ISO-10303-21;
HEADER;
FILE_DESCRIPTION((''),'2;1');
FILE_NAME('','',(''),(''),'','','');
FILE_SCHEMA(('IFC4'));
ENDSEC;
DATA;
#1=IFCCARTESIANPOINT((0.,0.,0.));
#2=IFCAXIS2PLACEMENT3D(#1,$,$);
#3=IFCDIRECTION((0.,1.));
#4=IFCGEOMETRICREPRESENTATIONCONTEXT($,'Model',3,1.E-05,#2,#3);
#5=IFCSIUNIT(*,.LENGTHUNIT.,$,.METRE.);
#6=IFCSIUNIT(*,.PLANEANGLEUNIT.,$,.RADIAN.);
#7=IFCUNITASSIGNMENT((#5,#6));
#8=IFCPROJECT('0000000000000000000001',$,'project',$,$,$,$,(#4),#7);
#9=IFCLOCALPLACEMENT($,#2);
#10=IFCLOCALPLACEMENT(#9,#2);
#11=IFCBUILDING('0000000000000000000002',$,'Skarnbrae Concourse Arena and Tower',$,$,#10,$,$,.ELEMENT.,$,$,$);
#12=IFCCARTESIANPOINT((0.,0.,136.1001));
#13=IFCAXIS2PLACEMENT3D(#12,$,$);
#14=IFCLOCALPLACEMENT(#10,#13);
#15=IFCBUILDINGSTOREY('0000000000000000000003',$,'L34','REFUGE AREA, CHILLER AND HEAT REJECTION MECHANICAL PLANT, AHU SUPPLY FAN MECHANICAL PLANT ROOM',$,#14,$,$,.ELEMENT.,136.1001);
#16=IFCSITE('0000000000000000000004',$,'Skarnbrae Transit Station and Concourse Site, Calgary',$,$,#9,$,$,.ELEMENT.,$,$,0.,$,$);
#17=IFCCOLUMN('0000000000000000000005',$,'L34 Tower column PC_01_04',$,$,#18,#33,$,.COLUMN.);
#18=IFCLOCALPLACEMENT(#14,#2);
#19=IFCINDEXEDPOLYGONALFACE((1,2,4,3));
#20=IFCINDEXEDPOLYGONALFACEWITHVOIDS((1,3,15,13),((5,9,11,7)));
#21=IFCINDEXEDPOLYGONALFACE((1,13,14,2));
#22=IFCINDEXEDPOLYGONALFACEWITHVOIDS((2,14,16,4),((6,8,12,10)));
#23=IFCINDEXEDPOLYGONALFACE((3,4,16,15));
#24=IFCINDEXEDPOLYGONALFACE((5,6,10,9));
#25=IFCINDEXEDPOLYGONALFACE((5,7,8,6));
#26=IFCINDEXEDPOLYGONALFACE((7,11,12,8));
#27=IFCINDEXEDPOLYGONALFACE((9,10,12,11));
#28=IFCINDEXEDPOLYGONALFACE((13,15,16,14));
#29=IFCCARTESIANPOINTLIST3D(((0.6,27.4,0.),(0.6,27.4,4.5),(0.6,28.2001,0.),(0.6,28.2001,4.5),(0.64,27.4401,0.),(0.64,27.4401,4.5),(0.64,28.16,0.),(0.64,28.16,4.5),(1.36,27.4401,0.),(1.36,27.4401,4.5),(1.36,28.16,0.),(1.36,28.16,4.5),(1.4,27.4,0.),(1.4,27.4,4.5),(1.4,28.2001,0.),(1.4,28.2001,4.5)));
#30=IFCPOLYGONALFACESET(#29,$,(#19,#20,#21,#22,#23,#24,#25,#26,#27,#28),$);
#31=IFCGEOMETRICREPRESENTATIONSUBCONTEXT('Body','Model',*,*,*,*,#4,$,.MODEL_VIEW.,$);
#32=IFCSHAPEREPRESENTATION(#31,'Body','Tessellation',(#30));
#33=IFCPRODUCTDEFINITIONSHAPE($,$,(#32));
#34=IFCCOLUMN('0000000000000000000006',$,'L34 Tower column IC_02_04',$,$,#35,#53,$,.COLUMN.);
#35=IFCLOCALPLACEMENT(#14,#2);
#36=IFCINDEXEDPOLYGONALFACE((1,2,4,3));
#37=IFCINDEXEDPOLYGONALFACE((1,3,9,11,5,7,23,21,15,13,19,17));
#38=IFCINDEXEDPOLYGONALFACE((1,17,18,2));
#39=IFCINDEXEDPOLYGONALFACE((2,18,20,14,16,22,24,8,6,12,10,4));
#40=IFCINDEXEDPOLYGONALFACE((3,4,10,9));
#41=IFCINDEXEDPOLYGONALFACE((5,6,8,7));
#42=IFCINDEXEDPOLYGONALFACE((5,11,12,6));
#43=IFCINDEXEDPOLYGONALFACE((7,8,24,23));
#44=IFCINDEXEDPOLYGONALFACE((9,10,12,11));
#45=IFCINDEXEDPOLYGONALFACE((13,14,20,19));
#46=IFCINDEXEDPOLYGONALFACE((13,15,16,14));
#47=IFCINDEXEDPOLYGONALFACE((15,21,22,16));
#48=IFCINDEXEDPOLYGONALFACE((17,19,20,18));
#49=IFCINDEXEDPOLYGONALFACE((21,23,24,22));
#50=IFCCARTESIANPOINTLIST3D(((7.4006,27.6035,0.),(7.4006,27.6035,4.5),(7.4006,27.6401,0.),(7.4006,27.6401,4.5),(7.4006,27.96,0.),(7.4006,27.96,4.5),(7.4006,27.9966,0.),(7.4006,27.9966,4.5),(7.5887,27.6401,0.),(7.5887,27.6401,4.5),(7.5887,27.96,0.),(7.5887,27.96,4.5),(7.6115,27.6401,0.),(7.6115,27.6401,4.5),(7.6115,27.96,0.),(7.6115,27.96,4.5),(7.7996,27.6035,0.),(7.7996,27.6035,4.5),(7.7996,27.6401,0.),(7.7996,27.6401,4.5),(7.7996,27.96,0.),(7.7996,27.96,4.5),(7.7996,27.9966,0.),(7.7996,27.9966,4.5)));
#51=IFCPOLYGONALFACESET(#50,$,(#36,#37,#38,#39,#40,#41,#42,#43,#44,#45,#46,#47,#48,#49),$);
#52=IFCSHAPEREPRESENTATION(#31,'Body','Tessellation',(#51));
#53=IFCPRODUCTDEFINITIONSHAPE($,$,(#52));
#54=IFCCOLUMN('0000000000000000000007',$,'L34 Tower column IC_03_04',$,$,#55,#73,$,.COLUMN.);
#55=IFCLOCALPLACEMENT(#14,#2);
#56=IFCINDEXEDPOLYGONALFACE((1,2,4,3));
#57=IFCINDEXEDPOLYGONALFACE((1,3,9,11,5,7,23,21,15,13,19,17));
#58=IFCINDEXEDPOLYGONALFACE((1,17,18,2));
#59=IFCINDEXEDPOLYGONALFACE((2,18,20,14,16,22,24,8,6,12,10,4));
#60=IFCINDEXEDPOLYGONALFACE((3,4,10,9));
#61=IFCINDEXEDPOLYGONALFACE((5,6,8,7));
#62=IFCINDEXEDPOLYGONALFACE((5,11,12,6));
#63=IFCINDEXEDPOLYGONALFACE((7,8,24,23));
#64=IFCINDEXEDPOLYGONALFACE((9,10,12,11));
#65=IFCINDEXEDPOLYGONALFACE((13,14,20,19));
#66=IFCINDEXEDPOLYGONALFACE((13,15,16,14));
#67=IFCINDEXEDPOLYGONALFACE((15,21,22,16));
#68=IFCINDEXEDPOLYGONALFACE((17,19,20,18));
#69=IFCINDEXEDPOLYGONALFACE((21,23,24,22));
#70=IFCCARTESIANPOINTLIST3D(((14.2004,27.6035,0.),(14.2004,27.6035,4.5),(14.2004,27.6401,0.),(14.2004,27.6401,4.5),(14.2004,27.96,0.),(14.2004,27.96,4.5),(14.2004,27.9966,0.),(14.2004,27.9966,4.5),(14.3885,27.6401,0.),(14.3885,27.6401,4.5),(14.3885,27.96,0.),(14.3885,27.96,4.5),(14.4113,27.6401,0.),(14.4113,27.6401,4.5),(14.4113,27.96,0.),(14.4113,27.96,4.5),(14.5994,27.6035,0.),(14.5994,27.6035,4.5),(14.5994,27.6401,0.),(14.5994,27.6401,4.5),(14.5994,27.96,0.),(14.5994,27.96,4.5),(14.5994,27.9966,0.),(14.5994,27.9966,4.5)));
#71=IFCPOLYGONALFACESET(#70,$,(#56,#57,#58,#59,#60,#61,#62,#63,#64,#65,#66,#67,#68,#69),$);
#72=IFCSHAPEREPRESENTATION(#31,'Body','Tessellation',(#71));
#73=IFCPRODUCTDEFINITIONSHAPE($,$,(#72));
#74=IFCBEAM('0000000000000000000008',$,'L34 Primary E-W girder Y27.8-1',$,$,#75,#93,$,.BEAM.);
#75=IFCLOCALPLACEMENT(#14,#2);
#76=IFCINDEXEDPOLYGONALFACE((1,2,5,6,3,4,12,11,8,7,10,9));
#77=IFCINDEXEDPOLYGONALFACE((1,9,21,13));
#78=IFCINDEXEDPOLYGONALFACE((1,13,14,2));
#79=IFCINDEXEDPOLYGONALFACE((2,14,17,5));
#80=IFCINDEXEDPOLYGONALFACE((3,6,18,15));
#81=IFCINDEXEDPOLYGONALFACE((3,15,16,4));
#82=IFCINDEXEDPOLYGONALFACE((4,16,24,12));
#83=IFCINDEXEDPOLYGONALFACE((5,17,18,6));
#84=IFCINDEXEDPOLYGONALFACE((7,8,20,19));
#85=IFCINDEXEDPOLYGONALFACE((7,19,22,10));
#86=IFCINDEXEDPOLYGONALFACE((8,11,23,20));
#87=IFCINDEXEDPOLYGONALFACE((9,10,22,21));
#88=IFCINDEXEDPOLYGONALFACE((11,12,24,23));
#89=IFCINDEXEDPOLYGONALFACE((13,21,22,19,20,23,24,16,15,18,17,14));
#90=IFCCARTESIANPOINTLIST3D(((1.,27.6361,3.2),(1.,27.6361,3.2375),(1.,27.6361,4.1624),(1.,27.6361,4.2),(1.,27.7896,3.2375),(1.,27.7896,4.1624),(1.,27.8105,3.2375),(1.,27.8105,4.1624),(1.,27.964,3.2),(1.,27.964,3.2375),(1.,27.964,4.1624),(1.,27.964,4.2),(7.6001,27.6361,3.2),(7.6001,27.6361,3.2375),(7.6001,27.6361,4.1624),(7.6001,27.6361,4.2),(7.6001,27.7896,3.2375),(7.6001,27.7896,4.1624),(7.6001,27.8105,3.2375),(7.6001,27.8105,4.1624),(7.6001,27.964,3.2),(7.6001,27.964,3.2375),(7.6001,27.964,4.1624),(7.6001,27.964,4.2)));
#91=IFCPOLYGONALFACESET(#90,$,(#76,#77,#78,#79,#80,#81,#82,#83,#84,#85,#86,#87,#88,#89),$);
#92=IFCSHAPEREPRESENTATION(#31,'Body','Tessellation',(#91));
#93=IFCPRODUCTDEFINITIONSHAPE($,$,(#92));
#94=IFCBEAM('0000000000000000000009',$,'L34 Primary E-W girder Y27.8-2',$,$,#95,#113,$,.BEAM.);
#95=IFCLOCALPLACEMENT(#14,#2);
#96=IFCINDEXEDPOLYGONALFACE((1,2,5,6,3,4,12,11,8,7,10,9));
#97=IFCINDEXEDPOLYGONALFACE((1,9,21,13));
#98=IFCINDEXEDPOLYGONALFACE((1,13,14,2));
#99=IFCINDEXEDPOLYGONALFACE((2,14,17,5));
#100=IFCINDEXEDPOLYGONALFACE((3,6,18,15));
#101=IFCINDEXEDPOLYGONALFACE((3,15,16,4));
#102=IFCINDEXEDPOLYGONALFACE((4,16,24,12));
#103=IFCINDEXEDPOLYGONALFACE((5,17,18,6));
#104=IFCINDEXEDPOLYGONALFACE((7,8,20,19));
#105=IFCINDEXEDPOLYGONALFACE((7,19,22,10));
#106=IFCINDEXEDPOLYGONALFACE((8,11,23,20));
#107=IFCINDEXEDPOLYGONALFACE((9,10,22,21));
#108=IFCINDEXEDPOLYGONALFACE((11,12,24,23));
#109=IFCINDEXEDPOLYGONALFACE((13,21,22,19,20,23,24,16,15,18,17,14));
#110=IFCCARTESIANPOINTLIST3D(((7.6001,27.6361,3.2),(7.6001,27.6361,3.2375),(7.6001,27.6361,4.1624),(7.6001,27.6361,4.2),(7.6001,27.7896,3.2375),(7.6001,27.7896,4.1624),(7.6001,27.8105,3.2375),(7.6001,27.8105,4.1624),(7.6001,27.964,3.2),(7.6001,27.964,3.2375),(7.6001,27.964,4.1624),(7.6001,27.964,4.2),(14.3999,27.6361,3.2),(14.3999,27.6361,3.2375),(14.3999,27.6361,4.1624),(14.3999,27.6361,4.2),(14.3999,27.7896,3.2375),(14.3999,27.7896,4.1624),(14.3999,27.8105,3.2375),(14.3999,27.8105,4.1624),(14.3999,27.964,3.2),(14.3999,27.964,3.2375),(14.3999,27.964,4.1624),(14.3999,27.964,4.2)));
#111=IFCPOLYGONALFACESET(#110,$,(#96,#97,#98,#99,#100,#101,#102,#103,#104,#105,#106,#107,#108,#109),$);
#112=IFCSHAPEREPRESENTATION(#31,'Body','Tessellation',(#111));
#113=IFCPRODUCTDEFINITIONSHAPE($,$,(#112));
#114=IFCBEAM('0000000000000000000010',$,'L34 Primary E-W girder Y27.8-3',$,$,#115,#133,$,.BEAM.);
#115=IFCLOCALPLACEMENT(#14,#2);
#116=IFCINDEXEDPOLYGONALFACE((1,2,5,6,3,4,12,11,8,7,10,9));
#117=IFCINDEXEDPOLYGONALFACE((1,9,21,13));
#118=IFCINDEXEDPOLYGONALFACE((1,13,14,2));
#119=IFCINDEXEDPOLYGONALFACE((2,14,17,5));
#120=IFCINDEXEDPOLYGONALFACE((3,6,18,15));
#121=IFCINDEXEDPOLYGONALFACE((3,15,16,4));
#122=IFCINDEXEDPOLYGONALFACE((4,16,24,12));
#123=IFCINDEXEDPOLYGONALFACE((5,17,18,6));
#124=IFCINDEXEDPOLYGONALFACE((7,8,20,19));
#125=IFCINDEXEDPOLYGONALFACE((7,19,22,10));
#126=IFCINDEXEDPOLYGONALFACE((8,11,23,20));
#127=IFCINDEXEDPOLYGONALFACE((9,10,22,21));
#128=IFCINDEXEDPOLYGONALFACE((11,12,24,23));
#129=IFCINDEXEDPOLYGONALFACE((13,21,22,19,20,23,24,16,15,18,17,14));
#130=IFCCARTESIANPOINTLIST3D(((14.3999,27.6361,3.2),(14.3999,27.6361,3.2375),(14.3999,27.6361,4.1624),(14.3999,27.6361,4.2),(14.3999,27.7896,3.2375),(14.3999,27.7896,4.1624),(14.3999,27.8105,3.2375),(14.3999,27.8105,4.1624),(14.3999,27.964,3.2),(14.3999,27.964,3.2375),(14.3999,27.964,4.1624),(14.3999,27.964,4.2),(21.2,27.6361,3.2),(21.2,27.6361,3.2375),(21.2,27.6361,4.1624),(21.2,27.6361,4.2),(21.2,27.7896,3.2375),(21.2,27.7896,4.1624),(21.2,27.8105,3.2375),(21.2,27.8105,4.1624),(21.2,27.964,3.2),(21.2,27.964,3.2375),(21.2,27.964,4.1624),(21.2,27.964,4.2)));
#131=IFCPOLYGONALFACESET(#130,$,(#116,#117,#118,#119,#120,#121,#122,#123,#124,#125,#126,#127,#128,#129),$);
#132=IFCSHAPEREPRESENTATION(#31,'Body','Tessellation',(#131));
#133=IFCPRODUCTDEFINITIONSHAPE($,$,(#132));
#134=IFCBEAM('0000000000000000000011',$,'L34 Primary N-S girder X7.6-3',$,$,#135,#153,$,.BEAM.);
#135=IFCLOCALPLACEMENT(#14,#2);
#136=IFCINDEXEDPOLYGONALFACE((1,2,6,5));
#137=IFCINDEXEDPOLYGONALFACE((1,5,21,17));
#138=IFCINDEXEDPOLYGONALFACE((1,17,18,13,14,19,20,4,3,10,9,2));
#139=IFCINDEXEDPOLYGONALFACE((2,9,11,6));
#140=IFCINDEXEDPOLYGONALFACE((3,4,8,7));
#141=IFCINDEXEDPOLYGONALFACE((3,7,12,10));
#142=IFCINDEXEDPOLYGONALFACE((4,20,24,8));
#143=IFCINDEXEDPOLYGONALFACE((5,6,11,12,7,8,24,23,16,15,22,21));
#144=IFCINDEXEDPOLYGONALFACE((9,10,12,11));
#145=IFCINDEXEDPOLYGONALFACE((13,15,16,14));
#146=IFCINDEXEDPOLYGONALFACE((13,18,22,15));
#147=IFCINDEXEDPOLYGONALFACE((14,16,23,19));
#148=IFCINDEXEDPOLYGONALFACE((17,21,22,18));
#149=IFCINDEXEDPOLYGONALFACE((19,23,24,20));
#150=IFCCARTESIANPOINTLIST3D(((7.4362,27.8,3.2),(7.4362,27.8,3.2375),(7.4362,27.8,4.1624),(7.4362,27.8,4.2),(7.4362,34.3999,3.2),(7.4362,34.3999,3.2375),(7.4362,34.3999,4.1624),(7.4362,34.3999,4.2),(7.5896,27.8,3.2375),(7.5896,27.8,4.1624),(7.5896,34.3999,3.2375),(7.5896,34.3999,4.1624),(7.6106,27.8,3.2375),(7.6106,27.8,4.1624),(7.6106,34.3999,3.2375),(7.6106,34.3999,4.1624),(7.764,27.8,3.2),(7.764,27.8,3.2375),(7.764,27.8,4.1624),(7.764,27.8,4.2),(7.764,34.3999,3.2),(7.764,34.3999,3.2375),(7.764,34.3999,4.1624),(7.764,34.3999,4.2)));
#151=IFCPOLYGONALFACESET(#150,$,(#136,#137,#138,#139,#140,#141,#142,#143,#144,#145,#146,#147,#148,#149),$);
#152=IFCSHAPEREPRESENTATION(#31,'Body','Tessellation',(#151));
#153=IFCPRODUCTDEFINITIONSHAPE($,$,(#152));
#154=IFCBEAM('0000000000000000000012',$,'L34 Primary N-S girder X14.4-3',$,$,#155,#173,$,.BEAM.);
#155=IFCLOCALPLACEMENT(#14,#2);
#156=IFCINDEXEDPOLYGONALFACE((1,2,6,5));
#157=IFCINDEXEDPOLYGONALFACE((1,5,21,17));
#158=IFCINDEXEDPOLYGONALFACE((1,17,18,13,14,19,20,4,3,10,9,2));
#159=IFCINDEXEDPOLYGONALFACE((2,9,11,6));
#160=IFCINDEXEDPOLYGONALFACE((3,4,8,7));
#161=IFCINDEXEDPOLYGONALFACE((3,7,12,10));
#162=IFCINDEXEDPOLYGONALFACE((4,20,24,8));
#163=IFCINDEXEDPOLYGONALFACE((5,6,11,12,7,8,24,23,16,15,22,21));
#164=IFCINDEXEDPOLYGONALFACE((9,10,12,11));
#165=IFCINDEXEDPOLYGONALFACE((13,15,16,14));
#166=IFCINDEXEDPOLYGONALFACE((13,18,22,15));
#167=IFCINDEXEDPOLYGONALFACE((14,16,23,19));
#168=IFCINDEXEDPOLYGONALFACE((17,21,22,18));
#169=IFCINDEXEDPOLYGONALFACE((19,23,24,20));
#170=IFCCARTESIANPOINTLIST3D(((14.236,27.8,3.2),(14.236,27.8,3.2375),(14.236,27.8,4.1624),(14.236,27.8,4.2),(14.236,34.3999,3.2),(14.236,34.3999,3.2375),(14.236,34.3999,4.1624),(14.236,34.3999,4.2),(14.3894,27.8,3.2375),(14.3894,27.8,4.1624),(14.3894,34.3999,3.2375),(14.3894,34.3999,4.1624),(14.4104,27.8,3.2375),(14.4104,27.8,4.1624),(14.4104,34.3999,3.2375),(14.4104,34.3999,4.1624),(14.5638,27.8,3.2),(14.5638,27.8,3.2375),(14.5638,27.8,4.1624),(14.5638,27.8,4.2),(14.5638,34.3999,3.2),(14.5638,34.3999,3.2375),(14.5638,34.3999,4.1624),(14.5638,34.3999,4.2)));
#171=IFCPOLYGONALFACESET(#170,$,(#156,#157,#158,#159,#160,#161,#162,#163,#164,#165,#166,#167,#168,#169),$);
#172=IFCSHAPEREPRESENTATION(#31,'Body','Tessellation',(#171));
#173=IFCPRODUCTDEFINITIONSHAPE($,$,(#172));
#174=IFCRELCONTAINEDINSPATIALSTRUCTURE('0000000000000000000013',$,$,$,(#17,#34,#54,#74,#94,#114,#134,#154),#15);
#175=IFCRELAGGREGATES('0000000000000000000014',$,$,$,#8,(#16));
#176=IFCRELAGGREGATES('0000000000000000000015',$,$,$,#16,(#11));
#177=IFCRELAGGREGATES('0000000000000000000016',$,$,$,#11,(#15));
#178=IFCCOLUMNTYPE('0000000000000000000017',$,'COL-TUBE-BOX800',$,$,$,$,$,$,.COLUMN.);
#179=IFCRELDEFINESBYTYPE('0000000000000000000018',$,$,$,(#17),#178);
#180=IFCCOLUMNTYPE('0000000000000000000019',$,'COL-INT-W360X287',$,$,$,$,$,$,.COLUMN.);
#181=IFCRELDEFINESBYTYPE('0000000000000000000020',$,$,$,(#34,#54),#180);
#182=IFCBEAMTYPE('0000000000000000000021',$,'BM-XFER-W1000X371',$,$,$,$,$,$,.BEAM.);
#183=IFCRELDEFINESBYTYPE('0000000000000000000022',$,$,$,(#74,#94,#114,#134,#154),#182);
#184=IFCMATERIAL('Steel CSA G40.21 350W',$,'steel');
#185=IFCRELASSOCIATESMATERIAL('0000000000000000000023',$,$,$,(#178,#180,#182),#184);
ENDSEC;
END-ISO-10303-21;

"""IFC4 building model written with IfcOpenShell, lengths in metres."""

from ifc_helpers import new_model, si_unit, direction, frame, origin, origin_2d, place, context, subcontext, project, spatial, hollow_rectangle, i_section, extrude, source, transform, mapped, material, material_profile, profile_set, type_object, element, save


model = new_model("IFC4")

# Units and contexts
model_context = context("Model", 3, precision=1e-05, world=origin(), true_north=direction((0.0, 1.0)))
body_context = subcontext(model_context, "Body", "Model", "MODEL_VIEW")
ifc_project = project(units=[si_unit("LENGTHUNIT", "METRE"), si_unit("PLANEANGLEUNIT", "RADIAN")], contexts=[model_context])

# Site, building, storey
site_placement = place(None, origin())
site = spatial("IfcSite", under=ifc_project, at=site_placement, Name="Skarnbrae Transit Station and Concourse Site, Calgary", CompositionType="ELEMENT", RefElevation=0.0)
building_placement = place(site_placement, origin())
building = spatial("IfcBuilding", under=site, at=building_placement, Name="Skarnbrae Concourse Arena and Tower", CompositionType="ELEMENT")
storey_placement = place(building_placement, frame((0.0, 0.0, 136.1001)))
storey = spatial("IfcBuildingStorey", under=building, at=storey_placement, Name="L34", Description="REFUGE AREA, CHILLER AND HEAT REJECTION MECHANICAL PLANT, AHU SUPPLY FAN MECHANICAL PLANT ROOM", CompositionType="ELEMENT", Elevation=136.1001)

# Columns
ifc_material = material(Name="Steel CSA G40.21 350W", Category="steel")
ifc_material_profile_1 = material_profile(ifc_material, hollow_rectangle(XDim=0.8, YDim=0.8, WallThickness=0.04, at=origin_2d()), Name="BOX800X800X40")
ifc_profile_set_1 = profile_set([ifc_material_profile_1], Name="Steel CSA G40.21 350W")
column_type_1 = type_object("IfcColumnType", Name="COL-TUBE-BOX800", PredefinedType="COLUMN", material=ifc_profile_set_1)
shared_shape_1 = source(origin(), body_context, "Body", "SweptSolid", [
    extrude(hollow_rectangle(XDim=0.8, YDim=0.8, WallThickness=0.04, at=origin_2d()), origin(), (0.0, 0.0, 1.0), 4.5),
])
column_placement = place(storey_placement, frame((1.0, 27.8, 0.0), z_axis=(0.0, 0.0, 1.0), x_axis=(1.0, 0.0, 0.0)))
element("IfcColumn", 1, at=column_placement, inside=storey, type_object=column_type_1, Name="L34 Tower column PC_01_04", PredefinedType="COLUMN", context=body_context, shape_type="MappedRepresentation", body=[
    mapped(shared_shape_1, transform((0.0, 0.0, 0.0))),
])
ifc_material_profile_2 = material_profile(ifc_material, i_section(OverallWidth=0.3989, OverallDepth=0.3931, WebThickness=0.0227, FlangeThickness=0.0366, at=origin_2d()), Name="W360X287")
ifc_profile_set_2 = profile_set([ifc_material_profile_2], Name="Steel CSA G40.21 350W")
column_type_2 = type_object("IfcColumnType", Name="COL-INT-W360X287", PredefinedType="COLUMN", material=ifc_profile_set_2)
shared_shape_2 = source(origin(), body_context, "Body", "SweptSolid", [
    extrude(i_section(OverallWidth=0.3989, OverallDepth=0.3931, WebThickness=0.0227, FlangeThickness=0.0366, at=origin_2d()), origin(), (0.0, 0.0, 1.0), 4.5),
])
for number, where, z_axis, x_axis, name in (
    (2, (7.6001, 27.8, 0.0), (0.0, 0.0, 1.0), (1.0, 0.0, 0.0), "L34 Tower column IC_02_04"),
    (3, (14.3999, 27.8, 0.0), (0.0, 0.0, 1.0), (1.0, 0.0, 0.0), "L34 Tower column IC_03_04"),
):
    element("IfcColumn", number, at=place(storey_placement, frame(where, z_axis=z_axis, x_axis=x_axis)), inside=storey, type_object=column_type_2, Name=name, PredefinedType="COLUMN", context=body_context, shape_type="MappedRepresentation", body=[
        mapped(shared_shape_2, transform((0.0, 0.0, 0.0))),
    ])

# Beams
ifc_material_profile_3 = material_profile(ifc_material, i_section(OverallWidth=0.3279, OverallDepth=1.0, WebThickness=0.021, FlangeThickness=0.0376, at=origin_2d()), Name="W1000X371")
ifc_profile_set_3 = profile_set([ifc_material_profile_3], Name="Steel CSA G40.21 350W")
beam_type_1 = type_object("IfcBeamType", Name="BM-XFER-W1000X371", PredefinedType="BEAM", material=ifc_profile_set_3)
shared_shape_3 = source(origin(), body_context, "Body", "SweptSolid", [
    extrude(i_section(OverallWidth=0.3279, OverallDepth=1.0, WebThickness=0.021, FlangeThickness=0.0376, at=origin_2d()), origin(), (0.0, 0.0, 1.0), 6.6001),
])
beam_1_placement = place(storey_placement, frame((1.0, 27.8, 3.7), z_axis=(1.0, 0.0, 0.0), x_axis=(0.0, 1.0, 0.0)))
element("IfcBeam", 4, at=beam_1_placement, inside=storey, type_object=beam_type_1, Name="L34 Primary E-W girder Y27.8-1", PredefinedType="BEAM", context=body_context, shape_type="MappedRepresentation", body=[
    mapped(shared_shape_3, transform((0.0, 0.0, 0.0))),
])
shared_shape_4 = source(origin(), body_context, "Body", "SweptSolid", [
    extrude(i_section(OverallWidth=0.3279, OverallDepth=1.0, WebThickness=0.021, FlangeThickness=0.0376, at=origin_2d()), origin(), (0.0, 0.0, 1.0), 6.7998),
])
beam_2_placement = place(storey_placement, frame((7.6001, 27.8, 3.7), z_axis=(1.0, 0.0, 0.0), x_axis=(0.0, 1.0, 0.0)))
element("IfcBeam", 5, at=beam_2_placement, inside=storey, type_object=beam_type_1, Name="L34 Primary E-W girder Y27.8-2", PredefinedType="BEAM", context=body_context, shape_type="MappedRepresentation", body=[
    mapped(shared_shape_4, transform((0.0, 0.0, 0.0))),
])
shared_shape_5 = source(origin(), body_context, "Body", "SweptSolid", [
    extrude(i_section(OverallWidth=0.3279, OverallDepth=1.0, WebThickness=0.021, FlangeThickness=0.0376, at=origin_2d()), origin(), (0.0, 0.0, 1.0), 6.8),
])
beam_3_placement = place(storey_placement, frame((14.3999, 27.8, 3.7), z_axis=(1.0, 0.0, 0.0), x_axis=(0.0, 1.0, 0.0)))
element("IfcBeam", 6, at=beam_3_placement, inside=storey, type_object=beam_type_1, Name="L34 Primary E-W girder Y27.8-3", PredefinedType="BEAM", context=body_context, shape_type="MappedRepresentation", body=[
    mapped(shared_shape_5, transform((0.0, 0.0, 0.0))),
])
shared_shape_6 = source(origin(), body_context, "Body", "SweptSolid", [
    extrude(i_section(OverallWidth=0.3279, OverallDepth=1.0, WebThickness=0.021, FlangeThickness=0.0376, at=origin_2d()), origin(), (0.0, 0.0, 1.0), 6.5999),
])
for number, where, z_axis, x_axis, name in (
    (7, (7.6001, 27.8, 3.7), (0.0, 1.0, 0.0), (-1.0, 0.0, 0.0), "L34 Primary N-S girder X7.6-3"),
    (8, (14.3999, 27.8, 3.7), (0.0, 1.0, 0.0), (-1.0, 0.0, 0.0), "L34 Primary N-S girder X14.4-3"),
):
    element("IfcBeam", number, at=place(storey_placement, frame(where, z_axis=z_axis, x_axis=x_axis)), inside=storey, type_object=beam_type_1, Name=name, PredefinedType="BEAM", context=body_context, shape_type="MappedRepresentation", body=[
        mapped(shared_shape_6, transform((0.0, 0.0, 0.0))),
    ])

save(model, "model.ifc")
